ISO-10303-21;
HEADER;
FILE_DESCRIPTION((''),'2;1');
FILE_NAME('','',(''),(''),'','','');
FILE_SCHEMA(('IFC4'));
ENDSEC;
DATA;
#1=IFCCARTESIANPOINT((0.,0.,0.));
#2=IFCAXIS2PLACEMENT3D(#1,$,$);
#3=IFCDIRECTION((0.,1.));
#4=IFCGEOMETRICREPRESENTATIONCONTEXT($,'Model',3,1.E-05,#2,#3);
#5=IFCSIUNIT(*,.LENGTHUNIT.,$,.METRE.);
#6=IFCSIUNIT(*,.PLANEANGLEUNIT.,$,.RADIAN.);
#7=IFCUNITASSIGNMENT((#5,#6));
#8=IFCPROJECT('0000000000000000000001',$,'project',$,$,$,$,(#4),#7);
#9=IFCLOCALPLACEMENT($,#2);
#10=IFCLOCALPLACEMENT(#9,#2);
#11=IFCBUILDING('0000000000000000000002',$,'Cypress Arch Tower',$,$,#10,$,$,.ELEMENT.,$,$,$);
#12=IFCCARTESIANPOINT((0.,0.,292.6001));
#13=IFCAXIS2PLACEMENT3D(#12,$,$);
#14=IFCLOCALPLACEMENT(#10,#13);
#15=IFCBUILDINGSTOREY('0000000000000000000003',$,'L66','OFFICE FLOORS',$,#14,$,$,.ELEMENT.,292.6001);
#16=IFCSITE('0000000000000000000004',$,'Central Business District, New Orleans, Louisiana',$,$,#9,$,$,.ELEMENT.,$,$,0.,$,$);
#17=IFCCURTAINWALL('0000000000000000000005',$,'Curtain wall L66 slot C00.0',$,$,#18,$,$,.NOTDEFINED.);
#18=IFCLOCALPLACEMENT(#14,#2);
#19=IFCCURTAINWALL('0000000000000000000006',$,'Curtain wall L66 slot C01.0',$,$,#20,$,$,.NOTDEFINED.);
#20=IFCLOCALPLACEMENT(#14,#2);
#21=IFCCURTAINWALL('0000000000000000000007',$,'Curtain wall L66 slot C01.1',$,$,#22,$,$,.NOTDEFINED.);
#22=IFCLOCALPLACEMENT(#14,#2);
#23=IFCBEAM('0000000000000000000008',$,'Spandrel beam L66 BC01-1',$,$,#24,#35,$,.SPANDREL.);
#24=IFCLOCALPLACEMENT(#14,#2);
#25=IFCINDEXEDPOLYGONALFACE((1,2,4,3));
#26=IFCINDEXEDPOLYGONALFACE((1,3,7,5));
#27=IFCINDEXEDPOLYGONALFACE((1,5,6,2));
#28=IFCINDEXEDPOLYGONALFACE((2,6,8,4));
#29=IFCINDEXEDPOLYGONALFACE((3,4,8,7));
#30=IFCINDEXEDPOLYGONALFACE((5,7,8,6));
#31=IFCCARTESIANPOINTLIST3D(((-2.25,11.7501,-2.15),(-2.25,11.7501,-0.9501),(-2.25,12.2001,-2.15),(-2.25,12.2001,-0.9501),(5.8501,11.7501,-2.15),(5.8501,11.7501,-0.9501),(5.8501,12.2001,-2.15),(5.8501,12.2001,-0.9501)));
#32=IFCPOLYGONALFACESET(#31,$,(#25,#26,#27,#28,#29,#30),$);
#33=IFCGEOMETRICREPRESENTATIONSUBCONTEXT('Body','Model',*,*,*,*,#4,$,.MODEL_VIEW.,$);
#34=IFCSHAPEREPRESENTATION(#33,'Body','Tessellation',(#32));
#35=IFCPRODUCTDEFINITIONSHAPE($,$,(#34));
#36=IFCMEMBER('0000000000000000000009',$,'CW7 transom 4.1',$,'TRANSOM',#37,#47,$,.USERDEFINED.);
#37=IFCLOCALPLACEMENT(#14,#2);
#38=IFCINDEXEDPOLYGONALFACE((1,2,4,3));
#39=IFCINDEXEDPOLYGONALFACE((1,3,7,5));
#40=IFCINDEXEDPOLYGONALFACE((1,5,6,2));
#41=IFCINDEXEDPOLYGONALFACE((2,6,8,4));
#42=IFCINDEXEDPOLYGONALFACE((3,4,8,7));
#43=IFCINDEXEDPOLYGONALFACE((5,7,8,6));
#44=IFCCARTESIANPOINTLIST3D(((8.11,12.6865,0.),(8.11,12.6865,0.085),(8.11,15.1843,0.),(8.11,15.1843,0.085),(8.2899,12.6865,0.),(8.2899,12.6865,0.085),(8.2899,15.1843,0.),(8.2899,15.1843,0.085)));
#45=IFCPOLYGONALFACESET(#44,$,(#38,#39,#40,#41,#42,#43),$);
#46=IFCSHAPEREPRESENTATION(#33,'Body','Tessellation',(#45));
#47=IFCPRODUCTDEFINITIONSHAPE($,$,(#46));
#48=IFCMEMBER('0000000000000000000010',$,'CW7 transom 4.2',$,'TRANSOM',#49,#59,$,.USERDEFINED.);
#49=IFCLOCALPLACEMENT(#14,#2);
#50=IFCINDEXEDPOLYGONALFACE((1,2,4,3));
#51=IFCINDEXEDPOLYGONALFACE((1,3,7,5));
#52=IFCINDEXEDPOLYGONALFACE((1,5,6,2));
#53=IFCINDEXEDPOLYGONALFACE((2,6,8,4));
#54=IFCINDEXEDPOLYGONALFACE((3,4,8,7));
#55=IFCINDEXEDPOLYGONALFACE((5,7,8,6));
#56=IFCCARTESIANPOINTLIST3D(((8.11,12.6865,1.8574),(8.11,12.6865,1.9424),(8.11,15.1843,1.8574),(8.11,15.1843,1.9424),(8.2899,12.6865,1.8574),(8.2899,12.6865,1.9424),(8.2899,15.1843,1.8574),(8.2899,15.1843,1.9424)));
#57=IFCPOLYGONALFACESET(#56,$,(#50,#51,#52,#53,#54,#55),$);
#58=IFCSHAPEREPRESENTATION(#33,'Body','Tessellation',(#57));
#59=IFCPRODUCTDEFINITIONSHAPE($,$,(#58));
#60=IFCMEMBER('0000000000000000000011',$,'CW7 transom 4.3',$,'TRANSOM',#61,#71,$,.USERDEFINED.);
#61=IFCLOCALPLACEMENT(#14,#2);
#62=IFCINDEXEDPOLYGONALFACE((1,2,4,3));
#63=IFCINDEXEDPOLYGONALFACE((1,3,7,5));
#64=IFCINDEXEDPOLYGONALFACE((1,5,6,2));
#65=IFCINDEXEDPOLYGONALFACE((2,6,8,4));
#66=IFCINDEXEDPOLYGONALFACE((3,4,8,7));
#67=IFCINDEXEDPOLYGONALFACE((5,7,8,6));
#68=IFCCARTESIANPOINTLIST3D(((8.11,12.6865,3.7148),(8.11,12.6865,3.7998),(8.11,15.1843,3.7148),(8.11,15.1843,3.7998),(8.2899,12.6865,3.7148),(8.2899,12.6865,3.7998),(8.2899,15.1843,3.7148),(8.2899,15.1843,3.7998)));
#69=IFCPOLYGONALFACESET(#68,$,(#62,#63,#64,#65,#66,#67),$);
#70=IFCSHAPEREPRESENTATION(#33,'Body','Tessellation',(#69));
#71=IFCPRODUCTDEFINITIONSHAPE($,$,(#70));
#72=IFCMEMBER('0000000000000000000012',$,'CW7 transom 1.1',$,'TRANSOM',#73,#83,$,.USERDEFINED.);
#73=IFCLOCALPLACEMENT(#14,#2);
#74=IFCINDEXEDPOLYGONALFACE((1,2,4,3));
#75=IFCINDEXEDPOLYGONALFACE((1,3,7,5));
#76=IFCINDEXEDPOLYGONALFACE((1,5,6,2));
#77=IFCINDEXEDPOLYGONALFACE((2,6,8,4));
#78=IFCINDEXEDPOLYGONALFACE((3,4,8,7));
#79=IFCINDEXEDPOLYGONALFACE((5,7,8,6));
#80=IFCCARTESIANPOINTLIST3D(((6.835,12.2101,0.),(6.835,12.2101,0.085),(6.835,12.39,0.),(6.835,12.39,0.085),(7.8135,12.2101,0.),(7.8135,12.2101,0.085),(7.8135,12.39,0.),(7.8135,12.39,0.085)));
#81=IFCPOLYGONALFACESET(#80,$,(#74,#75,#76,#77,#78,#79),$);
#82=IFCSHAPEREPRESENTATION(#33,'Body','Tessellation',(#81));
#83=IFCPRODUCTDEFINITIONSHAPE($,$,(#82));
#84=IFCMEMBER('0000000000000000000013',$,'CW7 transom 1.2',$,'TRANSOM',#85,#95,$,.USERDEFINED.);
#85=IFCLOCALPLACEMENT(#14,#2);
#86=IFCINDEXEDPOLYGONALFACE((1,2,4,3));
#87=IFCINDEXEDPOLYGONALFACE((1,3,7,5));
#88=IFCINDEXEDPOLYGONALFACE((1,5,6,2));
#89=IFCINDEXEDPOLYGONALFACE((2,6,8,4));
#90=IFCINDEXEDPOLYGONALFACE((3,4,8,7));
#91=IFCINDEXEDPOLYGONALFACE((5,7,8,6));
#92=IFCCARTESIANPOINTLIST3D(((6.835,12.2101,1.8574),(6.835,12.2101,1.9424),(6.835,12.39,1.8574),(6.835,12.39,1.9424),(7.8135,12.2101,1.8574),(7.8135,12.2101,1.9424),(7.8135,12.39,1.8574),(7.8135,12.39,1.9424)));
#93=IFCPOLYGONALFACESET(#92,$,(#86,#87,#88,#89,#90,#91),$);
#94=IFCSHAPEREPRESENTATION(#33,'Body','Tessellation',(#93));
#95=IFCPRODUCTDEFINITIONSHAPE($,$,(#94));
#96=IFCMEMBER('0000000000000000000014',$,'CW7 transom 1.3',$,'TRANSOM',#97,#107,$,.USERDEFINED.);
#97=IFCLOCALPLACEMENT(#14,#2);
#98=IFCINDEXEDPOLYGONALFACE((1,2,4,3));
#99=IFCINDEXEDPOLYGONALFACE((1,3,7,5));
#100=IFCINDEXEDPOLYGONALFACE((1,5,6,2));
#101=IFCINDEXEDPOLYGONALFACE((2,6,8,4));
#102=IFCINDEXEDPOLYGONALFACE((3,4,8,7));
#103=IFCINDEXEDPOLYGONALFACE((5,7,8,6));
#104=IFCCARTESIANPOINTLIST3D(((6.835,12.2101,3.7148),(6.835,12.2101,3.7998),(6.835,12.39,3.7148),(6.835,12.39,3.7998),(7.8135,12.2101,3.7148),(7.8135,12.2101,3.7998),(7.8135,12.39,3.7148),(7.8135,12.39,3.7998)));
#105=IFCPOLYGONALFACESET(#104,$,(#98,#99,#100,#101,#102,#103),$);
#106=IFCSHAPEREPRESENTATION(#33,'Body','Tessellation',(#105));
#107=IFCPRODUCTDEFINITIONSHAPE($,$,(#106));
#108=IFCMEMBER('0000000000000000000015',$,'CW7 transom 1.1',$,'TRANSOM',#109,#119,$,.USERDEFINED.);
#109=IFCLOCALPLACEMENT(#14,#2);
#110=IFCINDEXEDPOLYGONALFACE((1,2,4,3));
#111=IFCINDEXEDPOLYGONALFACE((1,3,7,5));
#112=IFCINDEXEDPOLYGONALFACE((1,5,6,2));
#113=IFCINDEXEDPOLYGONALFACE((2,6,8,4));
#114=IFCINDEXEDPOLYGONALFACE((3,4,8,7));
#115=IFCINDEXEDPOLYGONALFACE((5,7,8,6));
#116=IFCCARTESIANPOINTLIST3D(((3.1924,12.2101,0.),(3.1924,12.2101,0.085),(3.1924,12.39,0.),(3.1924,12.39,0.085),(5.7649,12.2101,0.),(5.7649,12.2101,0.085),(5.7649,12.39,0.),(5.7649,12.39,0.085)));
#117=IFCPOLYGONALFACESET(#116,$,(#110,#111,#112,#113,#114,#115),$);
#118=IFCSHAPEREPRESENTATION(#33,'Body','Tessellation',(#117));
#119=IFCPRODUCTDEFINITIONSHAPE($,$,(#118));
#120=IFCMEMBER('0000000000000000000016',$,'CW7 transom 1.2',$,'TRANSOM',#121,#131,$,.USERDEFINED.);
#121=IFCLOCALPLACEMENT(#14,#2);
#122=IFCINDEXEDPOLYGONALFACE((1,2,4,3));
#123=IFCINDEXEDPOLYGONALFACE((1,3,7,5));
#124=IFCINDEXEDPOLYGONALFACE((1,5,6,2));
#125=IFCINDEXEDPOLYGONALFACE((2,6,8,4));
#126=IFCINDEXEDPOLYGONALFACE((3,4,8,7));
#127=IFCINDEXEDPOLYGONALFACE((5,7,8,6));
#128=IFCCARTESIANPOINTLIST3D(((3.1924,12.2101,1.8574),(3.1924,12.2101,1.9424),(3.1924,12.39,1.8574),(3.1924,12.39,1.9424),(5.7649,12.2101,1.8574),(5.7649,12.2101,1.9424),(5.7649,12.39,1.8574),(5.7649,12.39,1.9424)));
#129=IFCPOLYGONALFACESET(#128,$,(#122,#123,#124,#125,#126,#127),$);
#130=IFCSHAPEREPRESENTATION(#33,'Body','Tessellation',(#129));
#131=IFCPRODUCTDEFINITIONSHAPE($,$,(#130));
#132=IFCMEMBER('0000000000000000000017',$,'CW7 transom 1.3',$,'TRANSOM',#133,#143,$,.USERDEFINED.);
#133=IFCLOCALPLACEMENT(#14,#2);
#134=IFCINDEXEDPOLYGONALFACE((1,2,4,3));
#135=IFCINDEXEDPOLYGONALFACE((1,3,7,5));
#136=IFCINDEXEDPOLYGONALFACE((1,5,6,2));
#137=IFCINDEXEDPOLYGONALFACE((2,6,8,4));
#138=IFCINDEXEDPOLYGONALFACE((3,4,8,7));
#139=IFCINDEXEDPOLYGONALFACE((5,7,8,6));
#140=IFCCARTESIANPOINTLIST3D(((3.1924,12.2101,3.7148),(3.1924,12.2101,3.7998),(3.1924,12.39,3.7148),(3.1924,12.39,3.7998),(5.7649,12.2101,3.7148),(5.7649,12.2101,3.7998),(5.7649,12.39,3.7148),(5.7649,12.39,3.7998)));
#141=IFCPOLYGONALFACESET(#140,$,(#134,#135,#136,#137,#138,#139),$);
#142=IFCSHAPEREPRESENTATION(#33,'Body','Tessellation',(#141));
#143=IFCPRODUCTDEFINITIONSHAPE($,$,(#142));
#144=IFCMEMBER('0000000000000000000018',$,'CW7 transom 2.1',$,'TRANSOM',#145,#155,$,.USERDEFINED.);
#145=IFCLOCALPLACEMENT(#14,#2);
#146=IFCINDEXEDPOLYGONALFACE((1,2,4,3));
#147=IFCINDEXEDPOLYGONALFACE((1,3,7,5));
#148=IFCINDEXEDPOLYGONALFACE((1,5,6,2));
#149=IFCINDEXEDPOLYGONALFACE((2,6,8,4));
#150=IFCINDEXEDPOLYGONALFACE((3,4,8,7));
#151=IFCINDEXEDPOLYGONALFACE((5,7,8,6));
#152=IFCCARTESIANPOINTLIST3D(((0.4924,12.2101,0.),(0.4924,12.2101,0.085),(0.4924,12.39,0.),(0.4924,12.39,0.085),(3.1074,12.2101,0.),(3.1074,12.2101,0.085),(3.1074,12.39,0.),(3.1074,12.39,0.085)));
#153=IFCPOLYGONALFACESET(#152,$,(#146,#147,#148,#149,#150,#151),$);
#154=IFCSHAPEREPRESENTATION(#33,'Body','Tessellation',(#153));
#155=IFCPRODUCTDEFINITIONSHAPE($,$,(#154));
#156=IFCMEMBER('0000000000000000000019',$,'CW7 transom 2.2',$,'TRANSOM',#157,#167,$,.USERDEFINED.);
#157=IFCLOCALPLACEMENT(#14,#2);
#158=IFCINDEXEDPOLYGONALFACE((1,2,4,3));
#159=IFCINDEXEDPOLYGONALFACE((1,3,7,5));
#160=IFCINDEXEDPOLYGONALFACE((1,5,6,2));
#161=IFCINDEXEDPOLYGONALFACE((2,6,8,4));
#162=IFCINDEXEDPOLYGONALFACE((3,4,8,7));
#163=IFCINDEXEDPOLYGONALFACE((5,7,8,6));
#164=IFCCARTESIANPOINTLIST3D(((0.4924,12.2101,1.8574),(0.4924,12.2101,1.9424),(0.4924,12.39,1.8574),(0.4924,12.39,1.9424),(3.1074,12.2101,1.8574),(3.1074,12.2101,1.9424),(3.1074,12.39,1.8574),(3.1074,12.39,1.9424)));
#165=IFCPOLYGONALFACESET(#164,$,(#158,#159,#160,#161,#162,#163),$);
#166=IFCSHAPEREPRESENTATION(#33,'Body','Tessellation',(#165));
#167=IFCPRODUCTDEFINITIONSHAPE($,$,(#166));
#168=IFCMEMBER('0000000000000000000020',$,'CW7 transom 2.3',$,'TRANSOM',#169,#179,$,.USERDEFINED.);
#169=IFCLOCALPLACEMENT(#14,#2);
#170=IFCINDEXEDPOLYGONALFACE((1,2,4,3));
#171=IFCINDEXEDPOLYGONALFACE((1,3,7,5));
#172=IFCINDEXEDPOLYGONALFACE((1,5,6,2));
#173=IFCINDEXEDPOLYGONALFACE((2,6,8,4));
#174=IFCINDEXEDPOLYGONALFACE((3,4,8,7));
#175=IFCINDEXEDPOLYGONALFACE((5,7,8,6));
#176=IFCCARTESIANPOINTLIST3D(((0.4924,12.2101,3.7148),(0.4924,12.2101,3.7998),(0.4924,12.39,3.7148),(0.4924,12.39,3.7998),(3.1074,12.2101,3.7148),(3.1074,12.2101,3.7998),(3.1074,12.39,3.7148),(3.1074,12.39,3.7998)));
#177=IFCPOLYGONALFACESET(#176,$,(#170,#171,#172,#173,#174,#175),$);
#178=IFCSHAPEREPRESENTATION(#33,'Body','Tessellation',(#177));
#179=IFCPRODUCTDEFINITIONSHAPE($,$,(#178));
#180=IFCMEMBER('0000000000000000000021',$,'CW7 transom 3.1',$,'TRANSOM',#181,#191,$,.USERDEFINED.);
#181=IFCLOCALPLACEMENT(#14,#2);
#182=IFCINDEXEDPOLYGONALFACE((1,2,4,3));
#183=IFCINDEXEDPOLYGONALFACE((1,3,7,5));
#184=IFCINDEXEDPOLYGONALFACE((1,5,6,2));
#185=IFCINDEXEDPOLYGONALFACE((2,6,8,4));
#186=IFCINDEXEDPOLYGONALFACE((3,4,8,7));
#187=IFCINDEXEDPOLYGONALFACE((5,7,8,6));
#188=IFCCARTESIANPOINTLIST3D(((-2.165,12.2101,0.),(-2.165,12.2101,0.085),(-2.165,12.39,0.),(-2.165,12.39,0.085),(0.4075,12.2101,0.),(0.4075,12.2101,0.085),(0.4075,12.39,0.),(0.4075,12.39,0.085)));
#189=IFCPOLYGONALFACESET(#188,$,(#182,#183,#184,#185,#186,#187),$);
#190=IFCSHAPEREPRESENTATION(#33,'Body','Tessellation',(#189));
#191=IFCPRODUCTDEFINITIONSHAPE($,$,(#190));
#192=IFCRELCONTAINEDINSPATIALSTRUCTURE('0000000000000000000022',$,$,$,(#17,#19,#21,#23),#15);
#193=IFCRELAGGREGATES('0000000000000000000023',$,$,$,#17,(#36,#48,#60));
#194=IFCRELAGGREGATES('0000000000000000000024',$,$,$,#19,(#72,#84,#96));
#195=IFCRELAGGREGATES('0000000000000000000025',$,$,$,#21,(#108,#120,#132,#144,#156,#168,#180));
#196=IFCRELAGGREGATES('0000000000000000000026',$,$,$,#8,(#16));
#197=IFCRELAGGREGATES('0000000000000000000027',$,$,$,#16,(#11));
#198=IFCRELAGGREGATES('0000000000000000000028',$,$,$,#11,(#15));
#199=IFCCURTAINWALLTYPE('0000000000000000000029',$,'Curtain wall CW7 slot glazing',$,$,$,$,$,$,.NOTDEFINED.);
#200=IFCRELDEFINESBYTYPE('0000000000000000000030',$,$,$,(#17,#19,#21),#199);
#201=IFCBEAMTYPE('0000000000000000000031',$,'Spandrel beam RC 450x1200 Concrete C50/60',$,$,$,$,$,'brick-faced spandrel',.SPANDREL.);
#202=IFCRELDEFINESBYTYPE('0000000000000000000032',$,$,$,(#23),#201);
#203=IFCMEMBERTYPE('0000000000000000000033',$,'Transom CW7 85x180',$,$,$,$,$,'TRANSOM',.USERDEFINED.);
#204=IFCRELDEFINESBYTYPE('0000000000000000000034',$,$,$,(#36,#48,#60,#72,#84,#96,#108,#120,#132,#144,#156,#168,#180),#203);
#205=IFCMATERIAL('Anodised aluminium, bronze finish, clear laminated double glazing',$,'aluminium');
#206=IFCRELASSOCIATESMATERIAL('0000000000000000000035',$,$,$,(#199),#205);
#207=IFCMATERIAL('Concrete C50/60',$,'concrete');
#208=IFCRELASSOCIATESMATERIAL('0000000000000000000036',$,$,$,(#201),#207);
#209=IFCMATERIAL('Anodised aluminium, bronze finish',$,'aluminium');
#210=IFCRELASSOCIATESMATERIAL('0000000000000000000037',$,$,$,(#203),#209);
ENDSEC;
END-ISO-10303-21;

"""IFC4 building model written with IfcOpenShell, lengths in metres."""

from ifc_helpers import new_model, si_unit, direction, frame, origin, origin_2d, place, context, subcontext, project, spatial, rectangle, extrude, material, material_profile, profile_set, type_object, element, aggregate, save


model = new_model("IFC4")

# Units and contexts
model_context = context("Model", 3, precision=1e-05, world=origin(), true_north=direction((0.0, 1.0)))
body_context = subcontext(model_context, "Body", "Model", "MODEL_VIEW")
ifc_project = project(units=[si_unit("LENGTHUNIT", "METRE"), si_unit("PLANEANGLEUNIT", "RADIAN")], contexts=[model_context])

# Site, building, storey
site_placement = place(None, origin())
site = spatial("IfcSite", under=ifc_project, at=site_placement, Name="Central Business District, New Orleans, Louisiana", CompositionType="ELEMENT", RefElevation=0.0)
building_placement = place(site_placement, origin())
building = spatial("IfcBuilding", under=site, at=building_placement, Name="Cypress Arch Tower", CompositionType="ELEMENT")
storey_placement = place(building_placement, frame((0.0, 0.0, 292.6001)))
storey = spatial("IfcBuildingStorey", under=building, at=storey_placement, Name="L66", Description="OFFICE FLOORS", CompositionType="ELEMENT", Elevation=292.6001)

# Curtain walls
ifc_material_1 = material(Name="Anodised aluminium, bronze finish, clear laminated double glazing", Category="aluminium")
curtain_wall_type = type_object("IfcCurtainWallType", Name="Curtain wall CW7 slot glazing", PredefinedType="NOTDEFINED", material=ifc_material_1)
curtain_wall_1_placement = place(storey_placement, origin())
curtain_wall_1 = element("IfcCurtainWall", 1, at=curtain_wall_1_placement, inside=storey, type_object=curtain_wall_type, Name="Curtain wall L66 slot C00.0", PredefinedType="NOTDEFINED")
curtain_wall_2_placement = place(storey_placement, origin())
curtain_wall_2 = element("IfcCurtainWall", 2, at=curtain_wall_2_placement, inside=storey, type_object=curtain_wall_type, Name="Curtain wall L66 slot C01.0", PredefinedType="NOTDEFINED")
curtain_wall_3_placement = place(storey_placement, origin())
curtain_wall_3 = element("IfcCurtainWall", 3, at=curtain_wall_3_placement, inside=storey, type_object=curtain_wall_type, Name="Curtain wall L66 slot C01.1", PredefinedType="NOTDEFINED")

# Beam
ifc_material_2 = material(Name="Concrete C50/60", Category="concrete")
ifc_material_profile_1 = material_profile(ifc_material_2, rectangle(XDim=0.45, YDim=1.2, at=origin_2d()), Name="RC 450x1200")
ifc_profile_set_1 = profile_set([ifc_material_profile_1], Name="Concrete C50/60")
beam_type_1 = type_object("IfcBeamType", Name="Spandrel beam RC 450x1200 Concrete C50/60", ElementType="brick-faced spandrel", PredefinedType="SPANDREL", material=ifc_profile_set_1)
beam_1_placement = place(storey_placement, frame((5.8501, 11.9751, -1.55), z_axis=(-1.0, 0.0, 0.0), x_axis=(0.0, -1.0, 0.0)))
element("IfcBeam", 4, at=beam_1_placement, inside=storey, type_object=beam_type_1, Name="Spandrel beam L66 BC01-1", PredefinedType="SPANDREL", context=body_context, shape_type="SweptSolid", body=[
    extrude(rectangle(XDim=0.45, YDim=1.2, at=origin_2d()), origin(), (0.0, 0.0, 1.0), 8.1001),
])

# Members
ifc_material_3 = material(Name="Anodised aluminium, bronze finish", Category="aluminium")
ifc_material_profile_2 = material_profile(ifc_material_3, rectangle(XDim=0.1799, YDim=0.085, at=origin_2d()), Name="Transom 85x180")
ifc_profile_set_2 = profile_set([ifc_material_profile_2], Name="Anodised aluminium, bronze finish")
member_type_1 = type_object("IfcMemberType", Name="Transom CW7 85x180", ElementType="TRANSOM", PredefinedType="USERDEFINED", material=ifc_profile_set_2)
member_1_placement = place(storey_placement, frame((8.2, 15.1843, 0.0425), z_axis=(0.0, -1.0, 0.0), x_axis=(1.0, 0.0, 0.0)))
member_1 = element("IfcMember", 5, at=member_1_placement, type_object=member_type_1, Name="CW7 transom 4.1", ObjectType="TRANSOM", PredefinedType="USERDEFINED", context=body_context, shape_type="SweptSolid", body=[
    extrude(rectangle(XDim=0.1799, YDim=0.085, at=origin_2d()), origin(), (0.0, 0.0, 1.0), 2.4978),
])
member_2_placement = place(storey_placement, frame((8.2, 15.1843, 1.8999), z_axis=(0.0, -1.0, 0.0), x_axis=(1.0, 0.0, 0.0)))
member_2 = element("IfcMember", 6, at=member_2_placement, type_object=member_type_1, Name="CW7 transom 4.2", ObjectType="TRANSOM", PredefinedType="USERDEFINED", context=body_context, shape_type="SweptSolid", body=[
    extrude(rectangle(XDim=0.1799, YDim=0.085, at=origin_2d()), origin(), (0.0, 0.0, 1.0), 2.4978),
])
member_3_placement = place(storey_placement, frame((8.2, 15.1843, 3.7573), z_axis=(0.0, -1.0, 0.0), x_axis=(1.0, 0.0, 0.0)))
member_3 = element("IfcMember", 7, at=member_3_placement, type_object=member_type_1, Name="CW7 transom 4.3", ObjectType="TRANSOM", PredefinedType="USERDEFINED", context=body_context, shape_type="SweptSolid", body=[
    extrude(rectangle(XDim=0.1799, YDim=0.085, at=origin_2d()), origin(), (0.0, 0.0, 1.0), 2.4978),
])
member_4_placement = place(storey_placement, frame((7.8135, 12.3, 0.0425), z_axis=(-1.0, 0.0, 0.0), x_axis=(0.0, -1.0, 0.0)))
member_4 = element("IfcMember", 8, at=member_4_placement, type_object=member_type_1, Name="CW7 transom 1.1", ObjectType="TRANSOM", PredefinedType="USERDEFINED", context=body_context, shape_type="SweptSolid", body=[
    extrude(rectangle(XDim=0.1799, YDim=0.085, at=origin_2d()), origin(), (0.0, 0.0, 1.0), 0.9785),
])
member_5_placement = place(storey_placement, frame((7.8135, 12.3, 1.8999), z_axis=(-1.0, 0.0, 0.0), x_axis=(0.0, -1.0, 0.0)))
member_5 = element("IfcMember", 9, at=member_5_placement, type_object=member_type_1, Name="CW7 transom 1.2", ObjectType="TRANSOM", PredefinedType="USERDEFINED", context=body_context, shape_type="SweptSolid", body=[
    extrude(rectangle(XDim=0.1799, YDim=0.085, at=origin_2d()), origin(), (0.0, 0.0, 1.0), 0.9785),
])
member_6_placement = place(storey_placement, frame((7.8135, 12.3, 3.7573), z_axis=(-1.0, 0.0, 0.0), x_axis=(0.0, -1.0, 0.0)))
member_6 = element("IfcMember", 10, at=member_6_placement, type_object=member_type_1, Name="CW7 transom 1.3", ObjectType="TRANSOM", PredefinedType="USERDEFINED", context=body_context, shape_type="SweptSolid", body=[
    extrude(rectangle(XDim=0.1799, YDim=0.085, at=origin_2d()), origin(), (0.0, 0.0, 1.0), 0.9785),
])
member_7_placement = place(storey_placement, frame((5.7649, 12.3, 0.0425), z_axis=(-1.0, 0.0, 0.0), x_axis=(0.0, -1.0, 0.0)))
member_7 = element("IfcMember", 11, at=member_7_placement, type_object=member_type_1, Name="CW7 transom 1.1", ObjectType="TRANSOM", PredefinedType="USERDEFINED", context=body_context, shape_type="SweptSolid", body=[
    extrude(rectangle(XDim=0.1799, YDim=0.085, at=origin_2d()), origin(), (0.0, 0.0, 1.0), 2.5725),
])
member_8_placement = place(storey_placement, frame((5.7649, 12.3, 1.8999), z_axis=(-1.0, 0.0, 0.0), x_axis=(0.0, -1.0, 0.0)))
member_8 = element("IfcMember", 12, at=member_8_placement, type_object=member_type_1, Name="CW7 transom 1.2", ObjectType="TRANSOM", PredefinedType="USERDEFINED", context=body_context, shape_type="SweptSolid", body=[
    extrude(rectangle(XDim=0.1799, YDim=0.085, at=origin_2d()), origin(), (0.0, 0.0, 1.0), 2.5725),
])
member_9_placement = place(storey_placement, frame((5.7649, 12.3, 3.7573), z_axis=(-1.0, 0.0, 0.0), x_axis=(0.0, -1.0, 0.0)))
member_9 = element("IfcMember", 13, at=member_9_placement, type_object=member_type_1, Name="CW7 transom 1.3", ObjectType="TRANSOM", PredefinedType="USERDEFINED", context=body_context, shape_type="SweptSolid", body=[
    extrude(rectangle(XDim=0.1799, YDim=0.085, at=origin_2d()), origin(), (0.0, 0.0, 1.0), 2.5725),
])
member_10_placement = place(storey_placement, frame((3.1074, 12.3, 0.0425), z_axis=(-1.0, 0.0, 0.0), x_axis=(0.0, -1.0, 0.0)))
member_10 = element("IfcMember", 14, at=member_10_placement, type_object=member_type_1, Name="CW7 transom 2.1", ObjectType="TRANSOM", PredefinedType="USERDEFINED", context=body_context, shape_type="SweptSolid", body=[
    extrude(rectangle(XDim=0.1799, YDim=0.085, at=origin_2d()), origin(), (0.0, 0.0, 1.0), 2.615),
])
member_11_placement = place(storey_placement, frame((3.1074, 12.3, 1.8999), z_axis=(-1.0, 0.0, 0.0), x_axis=(0.0, -1.0, 0.0)))
member_11 = element("IfcMember", 15, at=member_11_placement, type_object=member_type_1, Name="CW7 transom 2.2", ObjectType="TRANSOM", PredefinedType="USERDEFINED", context=body_context, shape_type="SweptSolid", body=[
    extrude(rectangle(XDim=0.1799, YDim=0.085, at=origin_2d()), origin(), (0.0, 0.0, 1.0), 2.615),
])
member_12_placement = place(storey_placement, frame((3.1074, 12.3, 3.7573), z_axis=(-1.0, 0.0, 0.0), x_axis=(0.0, -1.0, 0.0)))
member_12 = element("IfcMember", 16, at=member_12_placement, type_object=member_type_1, Name="CW7 transom 2.3", ObjectType="TRANSOM", PredefinedType="USERDEFINED", context=body_context, shape_type="SweptSolid", body=[
    extrude(rectangle(XDim=0.1799, YDim=0.085, at=origin_2d()), origin(), (0.0, 0.0, 1.0), 2.615),
])
member_13_placement = place(storey_placement, frame((0.4075, 12.3, 0.0425), z_axis=(-1.0, 0.0, 0.0), x_axis=(0.0, -1.0, 0.0)))
member_13 = element("IfcMember", 17, at=member_13_placement, type_object=member_type_1, Name="CW7 transom 3.1", ObjectType="TRANSOM", PredefinedType="USERDEFINED", context=body_context, shape_type="SweptSolid", body=[
    extrude(rectangle(XDim=0.1799, YDim=0.085, at=origin_2d()), origin(), (0.0, 0.0, 1.0), 2.5725),
])

aggregate(curtain_wall_1, [member_1, member_2, member_3])
aggregate(curtain_wall_2, [member_4, member_5, member_6])
aggregate(curtain_wall_3, [member_7, member_8, member_9, member_10, member_11, member_12, member_13])

save(model, "model.ifc")
